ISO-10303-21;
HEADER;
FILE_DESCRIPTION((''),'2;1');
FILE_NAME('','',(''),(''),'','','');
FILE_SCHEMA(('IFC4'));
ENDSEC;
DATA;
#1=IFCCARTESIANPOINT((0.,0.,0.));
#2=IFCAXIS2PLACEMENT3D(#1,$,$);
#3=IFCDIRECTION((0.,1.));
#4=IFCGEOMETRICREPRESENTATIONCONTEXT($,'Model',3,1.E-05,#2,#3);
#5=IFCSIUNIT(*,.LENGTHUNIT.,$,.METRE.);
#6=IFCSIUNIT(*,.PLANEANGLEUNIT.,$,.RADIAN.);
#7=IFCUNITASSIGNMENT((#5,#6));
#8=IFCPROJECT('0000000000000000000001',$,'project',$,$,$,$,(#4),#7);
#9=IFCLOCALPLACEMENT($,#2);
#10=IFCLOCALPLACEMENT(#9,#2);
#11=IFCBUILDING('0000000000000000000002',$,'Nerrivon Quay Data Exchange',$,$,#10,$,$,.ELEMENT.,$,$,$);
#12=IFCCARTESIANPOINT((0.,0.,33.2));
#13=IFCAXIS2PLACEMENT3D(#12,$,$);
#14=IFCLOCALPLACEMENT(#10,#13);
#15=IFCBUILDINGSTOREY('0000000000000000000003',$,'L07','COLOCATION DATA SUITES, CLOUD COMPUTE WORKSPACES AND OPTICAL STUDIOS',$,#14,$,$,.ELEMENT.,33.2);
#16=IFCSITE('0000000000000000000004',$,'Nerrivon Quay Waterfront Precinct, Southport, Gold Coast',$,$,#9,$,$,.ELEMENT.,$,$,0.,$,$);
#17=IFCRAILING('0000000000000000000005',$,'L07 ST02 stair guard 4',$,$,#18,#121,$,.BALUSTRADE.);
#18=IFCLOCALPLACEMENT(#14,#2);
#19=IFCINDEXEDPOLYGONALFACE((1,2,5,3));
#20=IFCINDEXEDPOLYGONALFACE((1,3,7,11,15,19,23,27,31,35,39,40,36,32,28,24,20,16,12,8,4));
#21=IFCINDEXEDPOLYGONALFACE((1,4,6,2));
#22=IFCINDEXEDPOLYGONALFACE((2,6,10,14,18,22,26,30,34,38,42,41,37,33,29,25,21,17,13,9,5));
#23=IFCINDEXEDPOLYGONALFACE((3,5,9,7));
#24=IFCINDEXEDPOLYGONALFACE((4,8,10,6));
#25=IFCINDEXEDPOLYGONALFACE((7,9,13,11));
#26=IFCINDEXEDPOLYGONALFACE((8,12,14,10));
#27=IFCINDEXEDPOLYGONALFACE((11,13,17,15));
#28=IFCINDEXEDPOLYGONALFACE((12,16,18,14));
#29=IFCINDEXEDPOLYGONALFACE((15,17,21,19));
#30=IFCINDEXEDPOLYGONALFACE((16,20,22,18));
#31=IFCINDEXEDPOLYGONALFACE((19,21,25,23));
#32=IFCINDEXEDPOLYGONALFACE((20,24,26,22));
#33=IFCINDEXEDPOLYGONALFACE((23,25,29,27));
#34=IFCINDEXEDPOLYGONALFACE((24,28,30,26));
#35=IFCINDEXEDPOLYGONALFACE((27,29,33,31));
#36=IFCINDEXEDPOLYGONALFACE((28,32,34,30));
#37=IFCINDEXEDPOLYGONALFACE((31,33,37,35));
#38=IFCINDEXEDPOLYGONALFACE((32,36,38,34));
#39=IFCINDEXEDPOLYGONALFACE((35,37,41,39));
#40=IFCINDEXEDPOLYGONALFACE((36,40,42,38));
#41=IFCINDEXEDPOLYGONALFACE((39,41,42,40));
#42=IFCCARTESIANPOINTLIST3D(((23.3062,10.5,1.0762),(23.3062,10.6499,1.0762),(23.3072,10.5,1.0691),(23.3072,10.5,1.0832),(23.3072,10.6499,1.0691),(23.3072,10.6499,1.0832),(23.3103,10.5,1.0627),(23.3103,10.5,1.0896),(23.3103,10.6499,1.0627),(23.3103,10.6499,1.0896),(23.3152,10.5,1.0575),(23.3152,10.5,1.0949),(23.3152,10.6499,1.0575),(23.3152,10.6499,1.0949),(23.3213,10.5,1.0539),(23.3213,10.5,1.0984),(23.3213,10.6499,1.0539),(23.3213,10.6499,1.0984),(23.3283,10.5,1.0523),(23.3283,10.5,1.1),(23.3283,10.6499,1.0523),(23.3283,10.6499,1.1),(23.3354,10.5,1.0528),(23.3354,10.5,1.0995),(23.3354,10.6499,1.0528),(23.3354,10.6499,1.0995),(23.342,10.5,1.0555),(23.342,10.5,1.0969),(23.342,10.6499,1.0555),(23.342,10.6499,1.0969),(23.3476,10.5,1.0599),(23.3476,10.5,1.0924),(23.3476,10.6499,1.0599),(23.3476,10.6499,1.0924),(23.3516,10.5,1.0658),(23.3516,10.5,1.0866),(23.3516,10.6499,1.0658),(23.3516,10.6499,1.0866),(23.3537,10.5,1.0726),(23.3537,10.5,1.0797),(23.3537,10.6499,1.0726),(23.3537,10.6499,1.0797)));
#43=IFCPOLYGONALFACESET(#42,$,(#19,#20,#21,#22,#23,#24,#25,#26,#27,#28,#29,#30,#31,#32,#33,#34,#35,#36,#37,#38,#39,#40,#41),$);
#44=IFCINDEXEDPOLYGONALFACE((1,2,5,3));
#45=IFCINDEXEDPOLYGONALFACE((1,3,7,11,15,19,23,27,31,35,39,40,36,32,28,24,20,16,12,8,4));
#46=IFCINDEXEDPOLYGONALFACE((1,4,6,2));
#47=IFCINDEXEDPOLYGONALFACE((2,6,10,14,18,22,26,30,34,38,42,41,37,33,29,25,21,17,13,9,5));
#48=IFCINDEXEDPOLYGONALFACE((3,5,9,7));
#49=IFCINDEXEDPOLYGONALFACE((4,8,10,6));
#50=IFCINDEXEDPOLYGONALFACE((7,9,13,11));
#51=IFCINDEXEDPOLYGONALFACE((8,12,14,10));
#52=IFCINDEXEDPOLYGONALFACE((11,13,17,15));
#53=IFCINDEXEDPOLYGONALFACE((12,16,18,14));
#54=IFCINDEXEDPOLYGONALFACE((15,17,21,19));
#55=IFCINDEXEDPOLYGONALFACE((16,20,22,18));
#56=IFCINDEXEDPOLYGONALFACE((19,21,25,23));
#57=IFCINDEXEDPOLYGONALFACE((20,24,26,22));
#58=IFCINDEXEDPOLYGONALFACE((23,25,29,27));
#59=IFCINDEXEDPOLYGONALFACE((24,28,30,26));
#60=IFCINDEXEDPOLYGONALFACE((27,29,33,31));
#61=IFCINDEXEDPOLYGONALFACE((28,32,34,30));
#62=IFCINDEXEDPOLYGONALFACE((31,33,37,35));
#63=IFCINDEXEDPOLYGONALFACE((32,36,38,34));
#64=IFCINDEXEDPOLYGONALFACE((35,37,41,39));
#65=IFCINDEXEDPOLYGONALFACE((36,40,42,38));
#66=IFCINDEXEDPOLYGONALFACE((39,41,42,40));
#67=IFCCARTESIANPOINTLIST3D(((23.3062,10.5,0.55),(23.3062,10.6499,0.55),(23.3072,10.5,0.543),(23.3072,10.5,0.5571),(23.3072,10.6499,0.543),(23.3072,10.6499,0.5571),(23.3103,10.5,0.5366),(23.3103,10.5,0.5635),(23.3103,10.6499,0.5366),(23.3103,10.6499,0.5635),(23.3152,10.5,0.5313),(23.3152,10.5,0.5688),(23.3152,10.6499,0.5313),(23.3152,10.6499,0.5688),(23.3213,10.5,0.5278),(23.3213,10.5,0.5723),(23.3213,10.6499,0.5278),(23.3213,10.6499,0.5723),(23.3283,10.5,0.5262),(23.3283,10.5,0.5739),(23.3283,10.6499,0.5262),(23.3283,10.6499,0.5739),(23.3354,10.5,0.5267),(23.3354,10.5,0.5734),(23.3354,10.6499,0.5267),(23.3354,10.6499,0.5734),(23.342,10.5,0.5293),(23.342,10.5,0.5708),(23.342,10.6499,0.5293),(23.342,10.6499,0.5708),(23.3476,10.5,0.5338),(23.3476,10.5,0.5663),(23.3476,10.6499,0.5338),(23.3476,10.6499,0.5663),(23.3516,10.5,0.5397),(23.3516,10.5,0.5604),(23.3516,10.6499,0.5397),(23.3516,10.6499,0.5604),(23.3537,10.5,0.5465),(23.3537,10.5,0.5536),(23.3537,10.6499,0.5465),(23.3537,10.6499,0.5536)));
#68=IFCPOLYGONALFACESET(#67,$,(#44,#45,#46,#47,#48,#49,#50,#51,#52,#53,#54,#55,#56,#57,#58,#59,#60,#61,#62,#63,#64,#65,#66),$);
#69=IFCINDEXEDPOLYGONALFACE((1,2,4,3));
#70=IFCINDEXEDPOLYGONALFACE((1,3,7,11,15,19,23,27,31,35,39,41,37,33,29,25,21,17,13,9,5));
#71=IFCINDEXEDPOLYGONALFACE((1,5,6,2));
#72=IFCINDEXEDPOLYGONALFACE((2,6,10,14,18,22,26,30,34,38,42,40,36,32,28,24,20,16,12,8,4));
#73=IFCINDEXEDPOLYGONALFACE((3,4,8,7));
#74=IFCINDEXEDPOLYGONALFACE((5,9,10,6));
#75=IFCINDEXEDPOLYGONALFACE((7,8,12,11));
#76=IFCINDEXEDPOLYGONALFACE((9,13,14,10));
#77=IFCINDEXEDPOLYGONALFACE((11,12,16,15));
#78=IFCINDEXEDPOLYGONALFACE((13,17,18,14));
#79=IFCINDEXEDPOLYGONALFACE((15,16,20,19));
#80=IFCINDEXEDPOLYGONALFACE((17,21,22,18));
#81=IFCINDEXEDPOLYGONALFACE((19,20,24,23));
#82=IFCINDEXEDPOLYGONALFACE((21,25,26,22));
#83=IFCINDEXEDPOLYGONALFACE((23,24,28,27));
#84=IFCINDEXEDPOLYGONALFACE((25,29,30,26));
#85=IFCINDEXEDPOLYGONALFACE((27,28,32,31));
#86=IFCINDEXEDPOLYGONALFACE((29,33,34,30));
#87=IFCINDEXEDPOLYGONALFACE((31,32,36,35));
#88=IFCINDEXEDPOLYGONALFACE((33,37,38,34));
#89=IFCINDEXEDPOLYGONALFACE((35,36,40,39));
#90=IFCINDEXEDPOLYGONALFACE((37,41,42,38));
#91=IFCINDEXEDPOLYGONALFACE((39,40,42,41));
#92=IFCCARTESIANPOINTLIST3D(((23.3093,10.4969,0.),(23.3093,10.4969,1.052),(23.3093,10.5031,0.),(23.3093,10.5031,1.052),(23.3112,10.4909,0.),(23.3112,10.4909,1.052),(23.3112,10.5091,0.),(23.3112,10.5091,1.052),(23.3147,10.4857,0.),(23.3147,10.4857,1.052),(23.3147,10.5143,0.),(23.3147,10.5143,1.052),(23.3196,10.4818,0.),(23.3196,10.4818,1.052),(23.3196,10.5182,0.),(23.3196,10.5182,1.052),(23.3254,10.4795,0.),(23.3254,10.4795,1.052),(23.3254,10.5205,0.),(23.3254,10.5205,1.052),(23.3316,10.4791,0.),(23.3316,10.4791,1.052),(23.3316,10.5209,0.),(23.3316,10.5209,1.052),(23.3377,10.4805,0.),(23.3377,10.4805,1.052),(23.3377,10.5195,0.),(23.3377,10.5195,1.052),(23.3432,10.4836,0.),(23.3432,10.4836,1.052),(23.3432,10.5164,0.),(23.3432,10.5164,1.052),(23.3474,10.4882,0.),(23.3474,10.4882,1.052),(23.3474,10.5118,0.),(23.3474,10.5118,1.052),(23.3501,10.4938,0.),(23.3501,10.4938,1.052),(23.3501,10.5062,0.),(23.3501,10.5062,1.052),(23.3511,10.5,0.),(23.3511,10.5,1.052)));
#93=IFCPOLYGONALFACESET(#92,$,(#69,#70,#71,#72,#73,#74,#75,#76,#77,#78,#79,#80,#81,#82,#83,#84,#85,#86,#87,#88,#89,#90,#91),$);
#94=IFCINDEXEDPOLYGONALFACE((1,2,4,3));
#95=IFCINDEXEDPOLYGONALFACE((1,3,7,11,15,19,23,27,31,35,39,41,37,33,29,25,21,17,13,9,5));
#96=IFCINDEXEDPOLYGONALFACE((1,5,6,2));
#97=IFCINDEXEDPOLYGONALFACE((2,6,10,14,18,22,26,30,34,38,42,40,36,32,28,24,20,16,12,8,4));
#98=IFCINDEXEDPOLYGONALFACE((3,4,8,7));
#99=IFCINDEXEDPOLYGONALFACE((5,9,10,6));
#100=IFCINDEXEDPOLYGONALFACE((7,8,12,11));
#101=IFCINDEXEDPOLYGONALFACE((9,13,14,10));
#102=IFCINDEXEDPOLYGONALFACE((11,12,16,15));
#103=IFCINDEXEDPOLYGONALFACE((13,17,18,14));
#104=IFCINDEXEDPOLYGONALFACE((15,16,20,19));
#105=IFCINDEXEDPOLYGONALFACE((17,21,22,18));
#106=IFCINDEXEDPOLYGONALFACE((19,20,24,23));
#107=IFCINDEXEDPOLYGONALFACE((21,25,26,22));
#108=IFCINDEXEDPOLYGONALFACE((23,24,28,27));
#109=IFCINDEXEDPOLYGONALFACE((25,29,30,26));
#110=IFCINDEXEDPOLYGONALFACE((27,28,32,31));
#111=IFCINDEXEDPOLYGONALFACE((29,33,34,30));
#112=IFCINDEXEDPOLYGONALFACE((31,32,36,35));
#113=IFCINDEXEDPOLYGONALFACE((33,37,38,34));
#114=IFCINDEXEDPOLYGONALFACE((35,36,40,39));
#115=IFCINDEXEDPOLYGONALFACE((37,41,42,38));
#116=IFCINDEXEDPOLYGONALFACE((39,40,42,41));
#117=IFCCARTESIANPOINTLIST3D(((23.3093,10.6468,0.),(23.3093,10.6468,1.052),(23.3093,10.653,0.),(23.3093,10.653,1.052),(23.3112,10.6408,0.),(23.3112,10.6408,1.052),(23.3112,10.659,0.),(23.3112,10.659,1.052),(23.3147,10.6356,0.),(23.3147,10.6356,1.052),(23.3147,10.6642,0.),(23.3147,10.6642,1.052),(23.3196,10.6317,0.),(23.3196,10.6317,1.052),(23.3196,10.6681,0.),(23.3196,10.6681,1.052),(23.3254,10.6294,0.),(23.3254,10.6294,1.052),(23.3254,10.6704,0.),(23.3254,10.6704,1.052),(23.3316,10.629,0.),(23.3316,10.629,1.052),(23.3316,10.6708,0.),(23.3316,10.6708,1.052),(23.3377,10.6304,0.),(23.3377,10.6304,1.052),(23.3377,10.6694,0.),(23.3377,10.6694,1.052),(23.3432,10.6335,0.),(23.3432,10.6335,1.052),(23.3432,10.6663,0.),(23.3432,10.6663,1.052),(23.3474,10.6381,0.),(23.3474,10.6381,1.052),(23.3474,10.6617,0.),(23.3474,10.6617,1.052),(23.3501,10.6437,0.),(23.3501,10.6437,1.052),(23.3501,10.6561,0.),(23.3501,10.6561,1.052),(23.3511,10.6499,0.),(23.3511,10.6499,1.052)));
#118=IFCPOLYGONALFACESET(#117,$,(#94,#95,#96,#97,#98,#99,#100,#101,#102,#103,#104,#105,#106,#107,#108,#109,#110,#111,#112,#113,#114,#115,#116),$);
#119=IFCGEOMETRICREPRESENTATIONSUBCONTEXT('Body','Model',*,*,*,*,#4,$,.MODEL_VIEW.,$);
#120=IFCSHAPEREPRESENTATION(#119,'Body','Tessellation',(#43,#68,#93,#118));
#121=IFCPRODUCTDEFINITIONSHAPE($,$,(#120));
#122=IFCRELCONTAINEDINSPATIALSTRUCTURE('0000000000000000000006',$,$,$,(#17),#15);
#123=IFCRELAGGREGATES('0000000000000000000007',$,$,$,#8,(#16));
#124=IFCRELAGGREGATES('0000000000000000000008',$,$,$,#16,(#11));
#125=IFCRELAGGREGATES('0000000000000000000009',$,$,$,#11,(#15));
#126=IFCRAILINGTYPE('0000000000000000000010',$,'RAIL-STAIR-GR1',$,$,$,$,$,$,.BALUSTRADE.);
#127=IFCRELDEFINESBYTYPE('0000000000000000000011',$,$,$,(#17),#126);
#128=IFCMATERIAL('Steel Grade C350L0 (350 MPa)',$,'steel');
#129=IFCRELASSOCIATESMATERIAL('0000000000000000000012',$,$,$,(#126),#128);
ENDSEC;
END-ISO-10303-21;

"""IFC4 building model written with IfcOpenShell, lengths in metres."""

from ifc_helpers import new_model, si_unit, direction, frame, origin, origin_2d, place, context, subcontext, project, spatial, circle, extrude, material, type_object, element, save


model = new_model("IFC4")

# Units and contexts
model_context = context("Model", 3, precision=1e-05, world=origin(), true_north=direction((0.0, 1.0)))
body_context = subcontext(model_context, "Body", "Model", "MODEL_VIEW")
ifc_project = project(units=[si_unit("LENGTHUNIT", "METRE"), si_unit("PLANEANGLEUNIT", "RADIAN")], contexts=[model_context])

# Site, building, storey
site_placement = place(None, origin())
site = spatial("IfcSite", under=ifc_project, at=site_placement, Name="Nerrivon Quay Waterfront Precinct, Southport, Gold Coast", CompositionType="ELEMENT", RefElevation=0.0)
building_placement = place(site_placement, origin())
building = spatial("IfcBuilding", under=site, at=building_placement, Name="Nerrivon Quay Data Exchange", CompositionType="ELEMENT")
storey_placement = place(building_placement, frame((0.0, 0.0, 33.2)))
storey = spatial("IfcBuildingStorey", under=building, at=storey_placement, Name="L07", Description="COLOCATION DATA SUITES, CLOUD COMPUTE WORKSPACES AND OPTICAL STUDIOS", CompositionType="ELEMENT", Elevation=33.2)

# Railing
ifc_material_1 = material(Name="Steel Grade C350L0 (350 MPa)", Category="steel")
railing_type_1 = type_object("IfcRailingType", Name="RAIL-STAIR-GR1", PredefinedType="BALUSTRADE", material=ifc_material_1)
railing_1_placement = place(storey_placement, frame((23.3301, 10.5, 0.0)))
element("IfcRailing", 1, at=railing_1_placement, inside=storey, type_object=railing_type_1, Name="L07 ST02 stair guard 4", PredefinedType="BALUSTRADE", context=body_context, shape_type="SweptSolid", body=[
    extrude(circle(Radius=0.0239, at=origin_2d()), frame((0.0, 0.0, 1.0762), z_axis=(0.0, 1.0, 0.0), x_axis=(-1.0, 0.0, 0.0)), (0.0, 0.0, 1.0), 0.1499),
    extrude(circle(Radius=0.0239, at=origin_2d()), frame((0.0, 0.0, 0.55), z_axis=(0.0, 1.0, 0.0), x_axis=(-1.0, 0.0, 0.0)), (0.0, 0.0, 1.0), 0.1499),
    extrude(circle(Radius=0.021, at=origin_2d()), origin(), (0.0, 0.0, 1.0), 1.052),
    extrude(circle(Radius=0.021, at=origin_2d()), frame((0.0, 0.1499, 0.0)), (0.0, 0.0, 1.0), 1.052),
])

save(model, "model.ifc")
